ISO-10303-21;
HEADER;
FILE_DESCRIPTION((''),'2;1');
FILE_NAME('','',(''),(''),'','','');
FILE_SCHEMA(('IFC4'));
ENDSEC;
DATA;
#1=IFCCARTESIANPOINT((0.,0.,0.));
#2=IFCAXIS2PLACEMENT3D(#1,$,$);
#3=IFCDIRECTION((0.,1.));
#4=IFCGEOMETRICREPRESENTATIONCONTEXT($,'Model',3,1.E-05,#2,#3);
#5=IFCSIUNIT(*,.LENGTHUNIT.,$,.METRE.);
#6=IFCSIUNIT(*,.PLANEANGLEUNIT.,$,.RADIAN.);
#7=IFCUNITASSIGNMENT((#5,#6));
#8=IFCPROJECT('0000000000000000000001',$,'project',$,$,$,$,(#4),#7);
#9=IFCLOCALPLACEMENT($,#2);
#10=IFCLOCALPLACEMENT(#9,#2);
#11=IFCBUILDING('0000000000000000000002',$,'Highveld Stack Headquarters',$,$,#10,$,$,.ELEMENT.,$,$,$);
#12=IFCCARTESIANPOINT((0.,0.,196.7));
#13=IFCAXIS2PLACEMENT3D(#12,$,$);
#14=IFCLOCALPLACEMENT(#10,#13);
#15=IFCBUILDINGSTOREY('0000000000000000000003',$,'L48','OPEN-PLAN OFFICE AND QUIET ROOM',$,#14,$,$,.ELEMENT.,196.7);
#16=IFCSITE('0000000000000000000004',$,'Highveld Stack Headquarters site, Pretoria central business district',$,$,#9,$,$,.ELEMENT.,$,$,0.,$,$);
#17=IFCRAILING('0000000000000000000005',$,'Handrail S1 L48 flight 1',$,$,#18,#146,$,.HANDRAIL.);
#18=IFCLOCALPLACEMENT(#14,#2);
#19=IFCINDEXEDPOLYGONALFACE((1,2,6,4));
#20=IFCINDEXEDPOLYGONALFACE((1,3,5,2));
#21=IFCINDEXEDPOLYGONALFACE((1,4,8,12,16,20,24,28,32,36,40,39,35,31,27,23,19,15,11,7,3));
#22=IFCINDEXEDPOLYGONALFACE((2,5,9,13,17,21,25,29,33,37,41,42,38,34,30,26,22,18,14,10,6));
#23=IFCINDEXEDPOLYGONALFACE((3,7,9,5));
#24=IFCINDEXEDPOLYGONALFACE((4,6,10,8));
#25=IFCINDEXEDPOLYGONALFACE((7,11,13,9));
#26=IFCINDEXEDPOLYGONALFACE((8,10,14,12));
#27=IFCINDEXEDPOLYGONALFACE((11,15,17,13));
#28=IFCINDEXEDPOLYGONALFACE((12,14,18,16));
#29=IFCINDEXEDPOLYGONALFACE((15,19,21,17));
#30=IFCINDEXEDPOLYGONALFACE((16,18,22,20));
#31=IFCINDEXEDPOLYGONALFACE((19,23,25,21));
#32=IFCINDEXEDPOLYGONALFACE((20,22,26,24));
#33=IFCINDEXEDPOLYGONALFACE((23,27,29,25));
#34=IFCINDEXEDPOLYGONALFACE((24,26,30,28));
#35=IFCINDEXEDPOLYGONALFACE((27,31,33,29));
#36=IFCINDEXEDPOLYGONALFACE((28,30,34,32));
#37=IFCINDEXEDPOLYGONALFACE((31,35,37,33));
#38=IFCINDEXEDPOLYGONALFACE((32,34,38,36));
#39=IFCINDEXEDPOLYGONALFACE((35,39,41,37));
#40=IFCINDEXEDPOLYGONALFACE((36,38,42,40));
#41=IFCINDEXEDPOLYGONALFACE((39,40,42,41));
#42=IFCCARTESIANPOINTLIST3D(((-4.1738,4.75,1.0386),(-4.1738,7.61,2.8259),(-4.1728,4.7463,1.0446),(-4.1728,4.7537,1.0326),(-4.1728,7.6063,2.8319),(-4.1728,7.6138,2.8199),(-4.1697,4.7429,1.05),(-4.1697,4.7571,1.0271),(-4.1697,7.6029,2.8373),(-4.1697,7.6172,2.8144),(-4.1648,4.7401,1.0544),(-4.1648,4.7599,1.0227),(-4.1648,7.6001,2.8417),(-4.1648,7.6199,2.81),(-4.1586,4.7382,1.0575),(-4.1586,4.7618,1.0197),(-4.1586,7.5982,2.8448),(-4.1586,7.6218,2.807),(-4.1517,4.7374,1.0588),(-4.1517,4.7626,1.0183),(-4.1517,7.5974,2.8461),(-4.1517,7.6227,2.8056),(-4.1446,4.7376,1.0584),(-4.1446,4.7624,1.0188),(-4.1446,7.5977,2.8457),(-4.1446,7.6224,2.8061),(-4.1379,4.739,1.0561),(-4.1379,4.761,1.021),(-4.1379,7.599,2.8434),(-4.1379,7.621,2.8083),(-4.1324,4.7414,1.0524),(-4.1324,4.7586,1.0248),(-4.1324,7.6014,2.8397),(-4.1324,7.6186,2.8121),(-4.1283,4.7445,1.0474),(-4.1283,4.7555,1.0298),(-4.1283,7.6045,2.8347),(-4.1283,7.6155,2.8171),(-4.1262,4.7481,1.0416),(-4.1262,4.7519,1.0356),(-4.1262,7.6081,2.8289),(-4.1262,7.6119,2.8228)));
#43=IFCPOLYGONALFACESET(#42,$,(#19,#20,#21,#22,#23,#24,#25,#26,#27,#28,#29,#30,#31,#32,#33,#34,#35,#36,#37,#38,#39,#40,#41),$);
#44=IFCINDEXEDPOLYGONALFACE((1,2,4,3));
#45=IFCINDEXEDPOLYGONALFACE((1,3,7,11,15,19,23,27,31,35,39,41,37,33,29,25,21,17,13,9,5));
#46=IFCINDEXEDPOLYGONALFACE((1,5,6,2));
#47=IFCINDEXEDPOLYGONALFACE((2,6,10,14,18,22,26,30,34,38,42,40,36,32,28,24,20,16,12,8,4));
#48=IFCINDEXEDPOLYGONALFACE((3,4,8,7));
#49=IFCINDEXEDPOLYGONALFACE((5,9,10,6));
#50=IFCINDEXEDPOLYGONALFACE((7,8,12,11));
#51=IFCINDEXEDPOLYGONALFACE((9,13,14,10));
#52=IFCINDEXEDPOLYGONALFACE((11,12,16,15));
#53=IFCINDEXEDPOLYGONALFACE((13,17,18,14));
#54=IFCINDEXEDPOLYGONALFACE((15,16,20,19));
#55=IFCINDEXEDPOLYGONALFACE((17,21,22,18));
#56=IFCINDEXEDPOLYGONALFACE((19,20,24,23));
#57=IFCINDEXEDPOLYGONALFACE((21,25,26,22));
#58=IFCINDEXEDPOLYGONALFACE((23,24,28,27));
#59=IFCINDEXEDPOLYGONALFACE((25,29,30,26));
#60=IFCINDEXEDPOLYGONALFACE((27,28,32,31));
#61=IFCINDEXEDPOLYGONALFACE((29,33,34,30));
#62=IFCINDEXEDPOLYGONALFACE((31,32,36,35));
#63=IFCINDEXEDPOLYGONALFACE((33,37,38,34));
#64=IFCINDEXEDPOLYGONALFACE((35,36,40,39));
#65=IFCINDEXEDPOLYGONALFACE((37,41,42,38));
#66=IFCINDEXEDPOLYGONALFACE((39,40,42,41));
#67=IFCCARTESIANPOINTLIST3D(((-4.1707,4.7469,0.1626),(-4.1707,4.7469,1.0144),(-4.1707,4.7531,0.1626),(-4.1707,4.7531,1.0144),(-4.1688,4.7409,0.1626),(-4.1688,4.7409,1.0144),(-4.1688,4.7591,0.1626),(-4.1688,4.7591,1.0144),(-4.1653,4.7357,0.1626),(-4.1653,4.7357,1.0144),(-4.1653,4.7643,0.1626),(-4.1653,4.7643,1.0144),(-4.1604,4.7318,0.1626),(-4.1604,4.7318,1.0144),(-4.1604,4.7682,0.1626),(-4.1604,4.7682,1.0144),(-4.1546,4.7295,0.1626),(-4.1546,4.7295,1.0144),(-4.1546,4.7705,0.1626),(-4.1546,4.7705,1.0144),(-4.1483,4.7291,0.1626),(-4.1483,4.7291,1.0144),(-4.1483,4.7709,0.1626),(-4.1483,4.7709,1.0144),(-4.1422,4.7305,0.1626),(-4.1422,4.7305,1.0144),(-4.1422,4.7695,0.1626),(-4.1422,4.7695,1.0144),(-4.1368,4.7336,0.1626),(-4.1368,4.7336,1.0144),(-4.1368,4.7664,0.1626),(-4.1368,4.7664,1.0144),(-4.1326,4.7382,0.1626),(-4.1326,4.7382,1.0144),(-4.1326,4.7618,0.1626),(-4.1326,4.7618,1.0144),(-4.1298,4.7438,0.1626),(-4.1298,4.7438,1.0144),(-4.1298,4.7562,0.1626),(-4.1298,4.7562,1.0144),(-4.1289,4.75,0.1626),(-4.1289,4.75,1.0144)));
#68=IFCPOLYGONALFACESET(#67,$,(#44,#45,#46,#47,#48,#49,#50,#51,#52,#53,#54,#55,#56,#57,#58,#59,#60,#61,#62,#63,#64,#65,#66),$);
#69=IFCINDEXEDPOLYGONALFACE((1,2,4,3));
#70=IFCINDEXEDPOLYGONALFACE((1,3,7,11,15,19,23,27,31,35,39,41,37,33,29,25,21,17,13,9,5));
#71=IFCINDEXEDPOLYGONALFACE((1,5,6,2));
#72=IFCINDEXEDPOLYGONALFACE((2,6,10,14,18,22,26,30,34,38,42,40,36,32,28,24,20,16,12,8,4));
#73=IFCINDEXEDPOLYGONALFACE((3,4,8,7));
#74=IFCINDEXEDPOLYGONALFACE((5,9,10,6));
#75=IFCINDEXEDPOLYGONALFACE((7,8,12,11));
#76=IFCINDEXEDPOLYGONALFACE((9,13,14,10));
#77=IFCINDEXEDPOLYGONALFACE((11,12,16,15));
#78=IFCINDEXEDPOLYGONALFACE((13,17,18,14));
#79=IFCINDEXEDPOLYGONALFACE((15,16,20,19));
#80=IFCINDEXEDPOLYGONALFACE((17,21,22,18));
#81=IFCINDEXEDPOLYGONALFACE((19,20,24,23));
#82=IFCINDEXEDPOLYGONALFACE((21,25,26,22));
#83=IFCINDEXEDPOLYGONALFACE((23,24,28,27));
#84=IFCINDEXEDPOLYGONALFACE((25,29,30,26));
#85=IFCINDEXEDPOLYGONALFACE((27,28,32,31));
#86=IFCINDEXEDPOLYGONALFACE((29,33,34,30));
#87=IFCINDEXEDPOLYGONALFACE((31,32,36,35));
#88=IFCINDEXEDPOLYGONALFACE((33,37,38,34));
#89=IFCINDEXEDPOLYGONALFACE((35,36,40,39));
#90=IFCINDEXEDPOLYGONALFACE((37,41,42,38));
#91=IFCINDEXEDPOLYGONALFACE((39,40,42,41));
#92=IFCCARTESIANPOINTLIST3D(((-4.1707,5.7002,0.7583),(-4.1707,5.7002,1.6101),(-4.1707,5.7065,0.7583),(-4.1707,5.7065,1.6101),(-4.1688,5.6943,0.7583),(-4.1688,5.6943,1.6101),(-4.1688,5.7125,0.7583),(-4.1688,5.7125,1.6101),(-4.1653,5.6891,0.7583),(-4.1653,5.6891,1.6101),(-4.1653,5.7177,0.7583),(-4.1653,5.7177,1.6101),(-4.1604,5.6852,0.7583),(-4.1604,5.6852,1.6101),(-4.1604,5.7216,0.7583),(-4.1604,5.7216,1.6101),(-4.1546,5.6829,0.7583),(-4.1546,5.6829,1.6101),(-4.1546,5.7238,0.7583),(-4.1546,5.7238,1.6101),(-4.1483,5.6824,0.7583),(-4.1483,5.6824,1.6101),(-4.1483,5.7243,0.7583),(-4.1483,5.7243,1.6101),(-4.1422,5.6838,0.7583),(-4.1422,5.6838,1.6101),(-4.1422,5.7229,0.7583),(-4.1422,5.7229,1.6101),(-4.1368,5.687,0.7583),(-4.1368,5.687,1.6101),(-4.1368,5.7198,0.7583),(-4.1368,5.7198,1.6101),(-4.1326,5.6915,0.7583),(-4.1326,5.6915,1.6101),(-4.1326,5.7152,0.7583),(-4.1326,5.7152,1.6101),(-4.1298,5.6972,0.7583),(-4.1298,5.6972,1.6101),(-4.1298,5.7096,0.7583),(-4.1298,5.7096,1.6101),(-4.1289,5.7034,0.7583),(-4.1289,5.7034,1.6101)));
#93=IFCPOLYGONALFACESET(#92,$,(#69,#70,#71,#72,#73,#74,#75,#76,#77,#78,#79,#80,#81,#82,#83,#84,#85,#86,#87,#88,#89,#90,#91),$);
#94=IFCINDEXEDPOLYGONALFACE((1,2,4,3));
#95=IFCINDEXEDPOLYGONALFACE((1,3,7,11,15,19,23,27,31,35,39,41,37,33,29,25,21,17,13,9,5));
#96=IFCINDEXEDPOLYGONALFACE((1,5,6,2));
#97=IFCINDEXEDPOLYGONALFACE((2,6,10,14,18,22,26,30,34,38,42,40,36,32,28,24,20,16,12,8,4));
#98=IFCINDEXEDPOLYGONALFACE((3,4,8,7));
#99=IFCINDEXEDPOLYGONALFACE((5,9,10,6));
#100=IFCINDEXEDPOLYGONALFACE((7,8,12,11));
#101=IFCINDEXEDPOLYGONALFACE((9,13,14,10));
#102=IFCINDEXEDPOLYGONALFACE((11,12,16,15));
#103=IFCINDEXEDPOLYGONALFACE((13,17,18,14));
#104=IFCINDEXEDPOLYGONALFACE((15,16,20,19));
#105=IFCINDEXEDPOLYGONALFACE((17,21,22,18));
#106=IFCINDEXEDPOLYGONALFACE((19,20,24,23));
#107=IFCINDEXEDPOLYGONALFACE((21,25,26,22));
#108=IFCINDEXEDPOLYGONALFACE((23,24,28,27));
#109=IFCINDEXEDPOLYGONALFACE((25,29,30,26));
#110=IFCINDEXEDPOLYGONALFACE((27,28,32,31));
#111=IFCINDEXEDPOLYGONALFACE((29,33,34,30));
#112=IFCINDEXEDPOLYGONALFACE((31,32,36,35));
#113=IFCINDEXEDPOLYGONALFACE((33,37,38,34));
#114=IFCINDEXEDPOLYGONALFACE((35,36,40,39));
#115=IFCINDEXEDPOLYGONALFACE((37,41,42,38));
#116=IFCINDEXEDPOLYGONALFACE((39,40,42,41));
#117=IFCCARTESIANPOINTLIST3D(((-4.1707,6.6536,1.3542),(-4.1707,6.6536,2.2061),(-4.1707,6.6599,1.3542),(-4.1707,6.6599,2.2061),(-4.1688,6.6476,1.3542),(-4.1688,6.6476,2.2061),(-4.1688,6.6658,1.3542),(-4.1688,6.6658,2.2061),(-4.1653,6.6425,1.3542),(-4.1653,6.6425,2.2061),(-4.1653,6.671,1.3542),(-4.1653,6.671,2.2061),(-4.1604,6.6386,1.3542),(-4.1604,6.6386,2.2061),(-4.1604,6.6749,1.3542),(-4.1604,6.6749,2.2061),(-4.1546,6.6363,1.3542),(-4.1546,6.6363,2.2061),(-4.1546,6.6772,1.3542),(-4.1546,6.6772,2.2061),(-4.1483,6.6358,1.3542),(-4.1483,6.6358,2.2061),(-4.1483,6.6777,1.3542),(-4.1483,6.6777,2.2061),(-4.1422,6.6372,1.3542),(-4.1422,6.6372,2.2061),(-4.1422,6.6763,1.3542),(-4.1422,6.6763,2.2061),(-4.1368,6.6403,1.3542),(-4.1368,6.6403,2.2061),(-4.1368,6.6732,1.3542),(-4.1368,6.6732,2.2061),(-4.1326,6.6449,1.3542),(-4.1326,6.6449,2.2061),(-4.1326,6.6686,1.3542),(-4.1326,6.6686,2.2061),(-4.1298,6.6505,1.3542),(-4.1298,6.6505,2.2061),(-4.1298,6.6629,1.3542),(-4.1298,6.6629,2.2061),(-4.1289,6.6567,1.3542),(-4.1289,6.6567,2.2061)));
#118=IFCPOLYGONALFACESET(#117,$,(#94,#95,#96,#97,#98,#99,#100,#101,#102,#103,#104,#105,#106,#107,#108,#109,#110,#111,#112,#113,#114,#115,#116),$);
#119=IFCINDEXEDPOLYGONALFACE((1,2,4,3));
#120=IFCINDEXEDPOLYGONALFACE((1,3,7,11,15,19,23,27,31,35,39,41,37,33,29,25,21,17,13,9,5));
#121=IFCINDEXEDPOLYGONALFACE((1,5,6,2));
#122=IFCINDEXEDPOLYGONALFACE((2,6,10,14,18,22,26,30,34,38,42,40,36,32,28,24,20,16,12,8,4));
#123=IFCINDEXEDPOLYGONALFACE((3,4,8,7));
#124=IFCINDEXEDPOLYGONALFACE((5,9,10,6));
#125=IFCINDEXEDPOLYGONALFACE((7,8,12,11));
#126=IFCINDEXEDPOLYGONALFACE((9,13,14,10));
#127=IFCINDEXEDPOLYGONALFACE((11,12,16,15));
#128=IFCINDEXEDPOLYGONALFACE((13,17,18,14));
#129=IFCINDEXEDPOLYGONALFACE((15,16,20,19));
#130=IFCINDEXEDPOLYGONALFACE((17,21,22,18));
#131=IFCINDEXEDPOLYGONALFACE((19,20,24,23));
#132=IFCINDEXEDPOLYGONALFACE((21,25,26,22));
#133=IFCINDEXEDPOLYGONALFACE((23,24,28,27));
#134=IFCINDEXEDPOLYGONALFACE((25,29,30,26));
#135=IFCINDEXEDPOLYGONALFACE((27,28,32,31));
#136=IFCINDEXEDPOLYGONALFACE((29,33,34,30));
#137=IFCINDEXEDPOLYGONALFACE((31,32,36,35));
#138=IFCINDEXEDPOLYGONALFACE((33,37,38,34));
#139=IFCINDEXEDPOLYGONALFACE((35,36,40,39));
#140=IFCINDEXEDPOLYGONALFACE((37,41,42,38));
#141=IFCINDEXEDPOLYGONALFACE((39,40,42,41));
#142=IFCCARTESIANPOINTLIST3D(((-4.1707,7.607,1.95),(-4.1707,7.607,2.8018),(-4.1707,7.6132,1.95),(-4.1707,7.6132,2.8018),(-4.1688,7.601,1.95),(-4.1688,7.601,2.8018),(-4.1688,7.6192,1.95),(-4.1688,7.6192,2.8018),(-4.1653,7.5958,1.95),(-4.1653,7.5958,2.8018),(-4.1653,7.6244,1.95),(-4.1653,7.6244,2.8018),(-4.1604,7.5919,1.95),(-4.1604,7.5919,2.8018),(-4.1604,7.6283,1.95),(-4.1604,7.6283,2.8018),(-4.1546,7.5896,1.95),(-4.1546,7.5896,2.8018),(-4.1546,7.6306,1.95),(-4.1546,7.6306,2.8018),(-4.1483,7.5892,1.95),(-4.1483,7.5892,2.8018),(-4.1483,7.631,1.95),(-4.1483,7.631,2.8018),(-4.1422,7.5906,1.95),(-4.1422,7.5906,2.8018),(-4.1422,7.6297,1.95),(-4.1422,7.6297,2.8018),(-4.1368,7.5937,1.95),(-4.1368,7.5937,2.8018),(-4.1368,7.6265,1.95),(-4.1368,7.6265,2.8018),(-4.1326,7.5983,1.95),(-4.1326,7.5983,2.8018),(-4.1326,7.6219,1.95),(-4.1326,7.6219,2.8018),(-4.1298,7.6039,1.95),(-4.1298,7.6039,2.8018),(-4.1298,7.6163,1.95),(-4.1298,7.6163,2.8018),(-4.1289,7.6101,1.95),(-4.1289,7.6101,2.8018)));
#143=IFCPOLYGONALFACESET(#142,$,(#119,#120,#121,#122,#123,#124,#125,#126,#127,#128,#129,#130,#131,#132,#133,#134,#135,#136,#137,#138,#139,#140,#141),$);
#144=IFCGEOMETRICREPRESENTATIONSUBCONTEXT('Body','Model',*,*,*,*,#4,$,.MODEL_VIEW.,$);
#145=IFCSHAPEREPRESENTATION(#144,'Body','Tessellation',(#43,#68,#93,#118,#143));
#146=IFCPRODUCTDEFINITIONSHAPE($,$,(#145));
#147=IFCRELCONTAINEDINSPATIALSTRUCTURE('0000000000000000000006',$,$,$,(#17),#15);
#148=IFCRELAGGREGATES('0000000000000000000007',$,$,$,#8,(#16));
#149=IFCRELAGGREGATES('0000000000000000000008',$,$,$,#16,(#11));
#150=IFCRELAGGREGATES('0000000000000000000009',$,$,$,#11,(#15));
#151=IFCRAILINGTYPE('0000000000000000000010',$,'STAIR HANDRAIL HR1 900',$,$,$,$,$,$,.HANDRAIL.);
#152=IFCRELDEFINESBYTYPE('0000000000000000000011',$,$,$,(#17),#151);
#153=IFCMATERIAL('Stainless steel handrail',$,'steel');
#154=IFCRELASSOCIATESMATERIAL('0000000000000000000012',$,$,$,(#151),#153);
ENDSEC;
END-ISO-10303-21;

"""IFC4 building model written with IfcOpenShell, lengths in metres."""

from ifc_helpers import new_model, si_unit, direction, frame, origin, origin_2d, place, context, subcontext, project, spatial, circle, extrude, material, type_object, element, save


model = new_model("IFC4")

# Units and contexts
model_context = context("Model", 3, precision=1e-05, world=origin(), true_north=direction((0.0, 1.0)))
body_context = subcontext(model_context, "Body", "Model", "MODEL_VIEW")
ifc_project = project(units=[si_unit("LENGTHUNIT", "METRE"), si_unit("PLANEANGLEUNIT", "RADIAN")], contexts=[model_context])

# Site, building, storey
site_placement = place(None, origin())
site = spatial("IfcSite", under=ifc_project, at=site_placement, Name="Highveld Stack Headquarters site, Pretoria central business district", CompositionType="ELEMENT", RefElevation=0.0)
building_placement = place(site_placement, origin())
building = spatial("IfcBuilding", under=site, at=building_placement, Name="Highveld Stack Headquarters", CompositionType="ELEMENT")
storey_placement = place(building_placement, frame((0.0, 0.0, 196.7)))
storey = spatial("IfcBuildingStorey", under=building, at=storey_placement, Name="L48", Description="OPEN-PLAN OFFICE AND QUIET ROOM", CompositionType="ELEMENT", Elevation=196.7)

# Railing
ifc_material_1 = material(Name="Stainless steel handrail", Category="steel")
railing_type = type_object("IfcRailingType", Name="STAIR HANDRAIL HR1 900", PredefinedType="HANDRAIL", material=ifc_material_1)
for number, where, name in (
    (1, (-4.1499, 4.75, 0.1626), "Handrail S1 L48 flight 1"),
):
    element("IfcRailing", number, at=place(storey_placement, frame(where)), inside=storey, type_object=railing_type, Name=name, PredefinedType="HANDRAIL", context=body_context, shape_type="SweptSolid", body=[
        extrude(circle(Radius=0.0239, at=origin_2d()), frame((0.0, 0.0, 0.876), z_axis=(0.0, 0.848027, 0.529953), x_axis=(-1.0, 0.0, 0.0)), (0.0, 0.0, 1.0), 3.3726),
        extrude(circle(Radius=0.021, at=origin_2d()), origin(), (0.0, 0.0, 1.0), 0.8518),
        extrude(circle(Radius=0.021, at=origin_2d()), frame((0.0, 0.9534, 0.5957)), (0.0, 0.0, 1.0), 0.8518),
        extrude(circle(Radius=0.021, at=origin_2d()), frame((0.0, 1.9067, 1.1917)), (0.0, 0.0, 1.0), 0.8518),
        extrude(circle(Radius=0.021, at=origin_2d()), frame((0.0, 2.8601, 1.7874)), (0.0, 0.0, 1.0), 0.8518),
    ])

save(model, "model.ifc")
